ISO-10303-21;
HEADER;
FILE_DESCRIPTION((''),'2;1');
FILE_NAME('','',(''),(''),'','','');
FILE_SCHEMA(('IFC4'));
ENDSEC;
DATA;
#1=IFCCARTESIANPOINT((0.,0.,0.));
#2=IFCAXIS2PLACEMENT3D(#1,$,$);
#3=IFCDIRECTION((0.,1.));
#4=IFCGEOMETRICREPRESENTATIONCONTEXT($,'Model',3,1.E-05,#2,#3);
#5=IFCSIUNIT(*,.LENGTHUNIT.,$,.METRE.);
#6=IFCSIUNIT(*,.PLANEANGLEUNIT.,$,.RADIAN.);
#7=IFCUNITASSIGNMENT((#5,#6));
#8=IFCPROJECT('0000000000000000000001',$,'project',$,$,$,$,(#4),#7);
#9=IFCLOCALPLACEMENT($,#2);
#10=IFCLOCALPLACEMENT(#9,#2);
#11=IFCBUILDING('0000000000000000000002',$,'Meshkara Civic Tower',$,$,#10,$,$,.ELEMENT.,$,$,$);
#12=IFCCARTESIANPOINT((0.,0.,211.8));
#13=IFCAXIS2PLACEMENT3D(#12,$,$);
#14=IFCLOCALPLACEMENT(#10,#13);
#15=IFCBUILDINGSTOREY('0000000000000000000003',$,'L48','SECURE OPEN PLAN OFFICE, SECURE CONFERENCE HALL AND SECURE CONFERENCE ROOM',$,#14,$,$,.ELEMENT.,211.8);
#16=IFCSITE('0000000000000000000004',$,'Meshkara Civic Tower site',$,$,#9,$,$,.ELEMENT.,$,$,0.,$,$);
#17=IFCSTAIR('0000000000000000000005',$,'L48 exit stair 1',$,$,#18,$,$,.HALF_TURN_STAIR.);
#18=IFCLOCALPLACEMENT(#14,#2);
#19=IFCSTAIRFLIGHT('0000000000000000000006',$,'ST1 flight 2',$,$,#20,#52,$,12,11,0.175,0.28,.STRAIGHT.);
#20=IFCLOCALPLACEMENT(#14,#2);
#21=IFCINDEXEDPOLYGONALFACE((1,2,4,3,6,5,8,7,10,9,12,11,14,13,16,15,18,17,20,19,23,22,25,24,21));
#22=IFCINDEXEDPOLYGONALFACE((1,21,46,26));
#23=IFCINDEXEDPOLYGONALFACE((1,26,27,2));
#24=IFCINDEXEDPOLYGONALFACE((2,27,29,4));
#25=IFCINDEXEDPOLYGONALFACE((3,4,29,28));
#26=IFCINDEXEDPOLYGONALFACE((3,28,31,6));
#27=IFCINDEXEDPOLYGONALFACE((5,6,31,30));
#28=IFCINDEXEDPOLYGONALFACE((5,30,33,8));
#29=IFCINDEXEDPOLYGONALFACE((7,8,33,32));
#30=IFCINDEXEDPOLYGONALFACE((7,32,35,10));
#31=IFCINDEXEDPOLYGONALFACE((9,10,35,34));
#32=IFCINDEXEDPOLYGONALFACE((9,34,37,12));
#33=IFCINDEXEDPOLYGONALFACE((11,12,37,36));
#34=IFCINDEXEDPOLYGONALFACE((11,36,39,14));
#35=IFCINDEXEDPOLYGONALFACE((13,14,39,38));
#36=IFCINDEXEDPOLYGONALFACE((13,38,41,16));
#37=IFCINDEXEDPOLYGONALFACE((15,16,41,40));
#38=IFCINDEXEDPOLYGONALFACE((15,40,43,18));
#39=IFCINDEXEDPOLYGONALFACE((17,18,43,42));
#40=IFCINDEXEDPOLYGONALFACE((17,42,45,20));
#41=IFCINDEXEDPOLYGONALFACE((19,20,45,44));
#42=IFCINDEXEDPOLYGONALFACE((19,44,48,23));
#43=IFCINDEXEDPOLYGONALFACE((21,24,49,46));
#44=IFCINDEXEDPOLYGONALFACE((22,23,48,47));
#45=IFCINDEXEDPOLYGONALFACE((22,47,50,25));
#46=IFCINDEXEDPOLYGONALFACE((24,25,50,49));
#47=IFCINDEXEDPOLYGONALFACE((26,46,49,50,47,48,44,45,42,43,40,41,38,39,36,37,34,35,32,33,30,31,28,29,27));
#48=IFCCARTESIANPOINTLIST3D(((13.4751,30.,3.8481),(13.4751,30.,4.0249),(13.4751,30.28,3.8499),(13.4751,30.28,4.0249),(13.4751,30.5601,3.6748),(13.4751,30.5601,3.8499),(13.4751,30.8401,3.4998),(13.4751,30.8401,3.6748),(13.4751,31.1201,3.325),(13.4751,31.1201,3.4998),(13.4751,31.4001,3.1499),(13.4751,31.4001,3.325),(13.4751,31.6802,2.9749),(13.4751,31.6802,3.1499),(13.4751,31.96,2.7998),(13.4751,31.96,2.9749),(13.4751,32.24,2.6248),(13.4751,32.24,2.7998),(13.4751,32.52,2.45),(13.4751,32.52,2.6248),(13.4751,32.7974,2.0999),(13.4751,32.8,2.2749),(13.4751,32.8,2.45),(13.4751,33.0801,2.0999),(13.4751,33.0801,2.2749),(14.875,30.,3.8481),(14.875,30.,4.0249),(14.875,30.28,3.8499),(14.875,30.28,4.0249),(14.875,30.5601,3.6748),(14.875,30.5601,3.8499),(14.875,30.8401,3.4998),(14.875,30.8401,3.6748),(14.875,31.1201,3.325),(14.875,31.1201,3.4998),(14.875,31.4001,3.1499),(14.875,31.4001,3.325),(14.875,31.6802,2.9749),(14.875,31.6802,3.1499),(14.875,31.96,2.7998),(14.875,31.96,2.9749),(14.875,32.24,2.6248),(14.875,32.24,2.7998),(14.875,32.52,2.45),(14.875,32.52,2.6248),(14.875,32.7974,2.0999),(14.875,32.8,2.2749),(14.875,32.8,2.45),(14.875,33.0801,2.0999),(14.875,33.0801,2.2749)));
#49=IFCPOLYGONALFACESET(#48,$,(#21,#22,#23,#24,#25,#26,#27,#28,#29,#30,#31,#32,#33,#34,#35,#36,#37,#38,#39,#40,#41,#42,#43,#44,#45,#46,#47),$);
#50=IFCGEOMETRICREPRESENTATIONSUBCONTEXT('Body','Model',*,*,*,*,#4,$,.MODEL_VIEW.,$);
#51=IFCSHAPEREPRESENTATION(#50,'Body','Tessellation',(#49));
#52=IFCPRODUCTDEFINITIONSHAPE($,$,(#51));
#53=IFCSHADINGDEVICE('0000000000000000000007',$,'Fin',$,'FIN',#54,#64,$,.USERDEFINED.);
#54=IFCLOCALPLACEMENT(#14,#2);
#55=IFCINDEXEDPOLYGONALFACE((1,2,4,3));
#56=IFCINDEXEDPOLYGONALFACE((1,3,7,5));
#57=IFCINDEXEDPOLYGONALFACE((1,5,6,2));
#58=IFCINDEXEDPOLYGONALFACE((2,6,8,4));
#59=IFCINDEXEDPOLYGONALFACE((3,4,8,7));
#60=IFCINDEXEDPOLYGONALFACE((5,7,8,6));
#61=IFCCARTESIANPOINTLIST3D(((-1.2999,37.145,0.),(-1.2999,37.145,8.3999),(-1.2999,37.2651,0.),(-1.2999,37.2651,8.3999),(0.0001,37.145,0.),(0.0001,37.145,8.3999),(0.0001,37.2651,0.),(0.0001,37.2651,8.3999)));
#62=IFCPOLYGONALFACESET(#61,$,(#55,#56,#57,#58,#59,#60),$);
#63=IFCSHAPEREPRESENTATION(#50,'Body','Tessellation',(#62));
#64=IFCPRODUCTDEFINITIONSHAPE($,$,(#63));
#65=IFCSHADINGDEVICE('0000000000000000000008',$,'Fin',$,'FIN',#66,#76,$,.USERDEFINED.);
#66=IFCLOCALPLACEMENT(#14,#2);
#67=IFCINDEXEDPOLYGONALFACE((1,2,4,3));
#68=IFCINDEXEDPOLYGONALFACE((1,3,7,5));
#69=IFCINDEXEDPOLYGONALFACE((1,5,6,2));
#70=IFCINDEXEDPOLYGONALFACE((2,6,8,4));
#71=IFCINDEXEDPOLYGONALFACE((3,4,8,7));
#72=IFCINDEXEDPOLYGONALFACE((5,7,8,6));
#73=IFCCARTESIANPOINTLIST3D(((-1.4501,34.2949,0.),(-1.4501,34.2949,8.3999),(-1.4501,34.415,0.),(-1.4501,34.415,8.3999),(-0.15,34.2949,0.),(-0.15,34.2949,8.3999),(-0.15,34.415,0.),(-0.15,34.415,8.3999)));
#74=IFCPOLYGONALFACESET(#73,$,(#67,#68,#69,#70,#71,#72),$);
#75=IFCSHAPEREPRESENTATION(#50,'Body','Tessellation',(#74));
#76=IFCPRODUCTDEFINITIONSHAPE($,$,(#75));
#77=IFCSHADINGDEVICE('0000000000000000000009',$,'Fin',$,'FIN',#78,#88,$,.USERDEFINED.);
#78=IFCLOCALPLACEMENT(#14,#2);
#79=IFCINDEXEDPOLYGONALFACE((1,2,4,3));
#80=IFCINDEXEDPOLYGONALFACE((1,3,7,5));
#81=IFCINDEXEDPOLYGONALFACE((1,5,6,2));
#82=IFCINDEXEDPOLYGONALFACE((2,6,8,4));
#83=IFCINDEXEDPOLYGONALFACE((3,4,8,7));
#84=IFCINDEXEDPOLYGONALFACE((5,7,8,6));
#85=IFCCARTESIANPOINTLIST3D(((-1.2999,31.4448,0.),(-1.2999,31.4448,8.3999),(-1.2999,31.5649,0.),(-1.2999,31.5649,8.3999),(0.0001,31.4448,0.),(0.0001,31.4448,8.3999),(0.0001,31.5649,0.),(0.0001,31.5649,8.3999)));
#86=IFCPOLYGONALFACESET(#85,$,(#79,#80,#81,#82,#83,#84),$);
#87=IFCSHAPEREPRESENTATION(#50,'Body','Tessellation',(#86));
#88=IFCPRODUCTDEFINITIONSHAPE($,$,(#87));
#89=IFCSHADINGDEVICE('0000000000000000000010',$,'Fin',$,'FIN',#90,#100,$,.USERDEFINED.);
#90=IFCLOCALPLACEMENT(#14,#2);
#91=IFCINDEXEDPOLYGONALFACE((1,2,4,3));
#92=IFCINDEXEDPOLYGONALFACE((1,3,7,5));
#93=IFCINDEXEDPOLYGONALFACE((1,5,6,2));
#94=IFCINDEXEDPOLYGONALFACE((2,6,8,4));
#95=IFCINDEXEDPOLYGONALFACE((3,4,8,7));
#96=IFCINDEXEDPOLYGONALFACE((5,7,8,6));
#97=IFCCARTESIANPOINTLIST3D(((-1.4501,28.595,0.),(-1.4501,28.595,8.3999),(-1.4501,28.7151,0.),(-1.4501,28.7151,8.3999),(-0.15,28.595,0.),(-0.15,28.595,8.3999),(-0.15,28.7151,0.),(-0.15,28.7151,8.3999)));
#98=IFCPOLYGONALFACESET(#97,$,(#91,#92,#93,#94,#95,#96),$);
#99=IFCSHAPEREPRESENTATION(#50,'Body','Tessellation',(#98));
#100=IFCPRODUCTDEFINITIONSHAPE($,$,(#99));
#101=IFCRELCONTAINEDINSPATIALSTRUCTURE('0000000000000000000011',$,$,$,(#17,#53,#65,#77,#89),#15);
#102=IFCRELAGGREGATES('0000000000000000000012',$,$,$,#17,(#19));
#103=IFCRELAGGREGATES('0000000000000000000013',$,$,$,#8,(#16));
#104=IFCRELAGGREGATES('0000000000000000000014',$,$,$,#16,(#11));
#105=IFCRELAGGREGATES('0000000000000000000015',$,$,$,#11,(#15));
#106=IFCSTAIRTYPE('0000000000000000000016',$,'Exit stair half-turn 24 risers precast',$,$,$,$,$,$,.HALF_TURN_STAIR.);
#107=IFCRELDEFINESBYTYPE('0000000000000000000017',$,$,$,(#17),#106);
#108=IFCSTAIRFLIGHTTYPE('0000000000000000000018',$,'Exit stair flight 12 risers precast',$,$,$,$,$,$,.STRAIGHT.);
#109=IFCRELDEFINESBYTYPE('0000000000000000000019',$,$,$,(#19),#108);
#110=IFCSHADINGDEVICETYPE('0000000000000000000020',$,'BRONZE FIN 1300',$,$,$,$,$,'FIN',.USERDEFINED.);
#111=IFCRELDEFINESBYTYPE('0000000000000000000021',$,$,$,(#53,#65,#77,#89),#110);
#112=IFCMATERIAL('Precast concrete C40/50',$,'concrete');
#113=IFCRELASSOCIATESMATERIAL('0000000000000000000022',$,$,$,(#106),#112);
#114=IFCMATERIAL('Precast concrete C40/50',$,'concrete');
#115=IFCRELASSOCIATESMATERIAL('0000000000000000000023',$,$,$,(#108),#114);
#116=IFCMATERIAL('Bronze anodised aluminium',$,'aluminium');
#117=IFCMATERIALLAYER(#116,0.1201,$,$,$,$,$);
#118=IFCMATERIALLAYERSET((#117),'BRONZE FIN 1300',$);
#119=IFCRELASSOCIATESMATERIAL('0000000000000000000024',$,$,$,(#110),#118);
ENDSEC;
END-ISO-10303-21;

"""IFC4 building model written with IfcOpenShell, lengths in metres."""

from ifc_helpers import new_model, si_unit, direction, frame, origin, origin_2d, place, context, subcontext, project, spatial, polyline, rectangle, outline, extrude, material, layer, layer_set, type_object, element, aggregate, save


model = new_model("IFC4")

# Units and contexts
model_context = context("Model", 3, precision=1e-05, world=origin(), true_north=direction((0.0, 1.0)))
body_context = subcontext(model_context, "Body", "Model", "MODEL_VIEW")
ifc_project = project(units=[si_unit("LENGTHUNIT", "METRE"), si_unit("PLANEANGLEUNIT", "RADIAN")], contexts=[model_context])

# Site, building, storey
site_placement = place(None, origin())
site = spatial("IfcSite", under=ifc_project, at=site_placement, Name="Meshkara Civic Tower site", CompositionType="ELEMENT", RefElevation=0.0)
building_placement = place(site_placement, origin())
building = spatial("IfcBuilding", under=site, at=building_placement, Name="Meshkara Civic Tower", CompositionType="ELEMENT")
storey_placement = place(building_placement, frame((0.0, 0.0, 211.8)))
storey = spatial("IfcBuildingStorey", under=building, at=storey_placement, Name="L48", Description="SECURE OPEN PLAN OFFICE, SECURE CONFERENCE HALL AND SECURE CONFERENCE ROOM", CompositionType="ELEMENT", Elevation=211.8)

# Stair, stair flight
ifc_material_1 = material(Name="Precast concrete C40/50", Category="concrete")
stair_type = type_object("IfcStairType", Name="Exit stair half-turn 24 risers precast", PredefinedType="HALF_TURN_STAIR", material=ifc_material_1)
stair_placement = place(storey_placement, origin())
stair = element("IfcStair", 1, at=stair_placement, inside=storey, type_object=stair_type, Name="L48 exit stair 1", PredefinedType="HALF_TURN_STAIR")
ifc_material_2 = material(Name="Precast concrete C40/50", Category="concrete")
stair_flight_type = type_object("IfcStairFlightType", Name="Exit stair flight 12 risers precast", PredefinedType="STRAIGHT", material=ifc_material_2)
stair_flight_1_placement = place(storey_placement, frame((14.175, 33.0801, 2.0999), z_axis=(0.0, 0.0, 1.0), x_axis=(0.0, -1.0, 0.0)))
stair_flight_1 = element("IfcStairFlight", 2, at=stair_flight_1_placement, type_object=stair_flight_type, Name="ST1 flight 2", NumberOfRisers=12, NumberOfTreads=11, PredefinedType="STRAIGHT", RiserHeight=0.175, TreadLength=0.28, context=body_context, shape_type="SweptSolid", body=[
    extrude(outline(polyline([(0.0, 0.0), (0.0, 0.175), (0.28, 0.175), (0.28, 0.3501), (0.5601, 0.3501), (0.5601, 0.5249), (0.8401, 0.5249), (0.8401, 0.7), (1.1201, 0.7), (1.1201, 0.875), (1.3999, 0.875), (1.3999, 1.05), (1.6799, 1.05), (1.6799, 1.2251), (1.96, 1.2251), (1.96, 1.3999), (2.24, 1.3999), (2.24, 1.575), (2.52, 1.575), (2.52, 1.75), (2.8, 1.75), (2.8, 1.925), (3.0801, 1.925), (3.0801, 2.1001), (3.0801, 1.7483), (0.2827, 0.0), (0.0, 0.0)])), frame((0.0, 0.7, 0.0), z_axis=(0.0, -1.0, 0.0), x_axis=(1.0, 0.0, 0.0)), (0.0, 0.0, 1.0), 1.3999),
])
aggregate(stair, [stair_flight_1])

# Shading devices
ifc_material_3 = material(Name="Bronze anodised aluminium", Category="aluminium")
ifc_layer_1 = layer(ifc_material_3, 0.1201)
ifc_layer_set_1 = layer_set([ifc_layer_1], Name="BRONZE FIN 1300")
shading_device_type = type_object("IfcShadingDeviceType", Name="BRONZE FIN 1300", ElementType="FIN", PredefinedType="USERDEFINED", material=ifc_layer_set_1)
for number, where, z_axis, x_axis, name in (
    (3, (-0.6499, 37.2051, 0.0), (0.0, 0.0, 1.0), (0.0, -1.0, 0.0), "Fin"),
    (4, (-0.8, 34.355, 0.0), (0.0, 0.0, 1.0), (0.0, -1.0, 0.0), "Fin"),
    (5, (-0.6499, 31.5049, 0.0), (0.0, 0.0, 1.0), (0.0, -1.0, 0.0), "Fin"),
    (6, (-0.8, 28.655, 0.0), (0.0, 0.0, 1.0), (0.0, -1.0, 0.0), "Fin"),
):
    element("IfcShadingDevice", number, at=place(storey_placement, frame(where, z_axis=z_axis, x_axis=x_axis)), inside=storey, type_object=shading_device_type, Name=name, ObjectType="FIN", PredefinedType="USERDEFINED", context=body_context, shape_type="SweptSolid", body=[
        extrude(rectangle(XDim=0.1201, YDim=1.3, at=origin_2d()), origin(), (0.0, 0.0, 1.0), 8.3999),
    ])

save(model, "model.ifc")
